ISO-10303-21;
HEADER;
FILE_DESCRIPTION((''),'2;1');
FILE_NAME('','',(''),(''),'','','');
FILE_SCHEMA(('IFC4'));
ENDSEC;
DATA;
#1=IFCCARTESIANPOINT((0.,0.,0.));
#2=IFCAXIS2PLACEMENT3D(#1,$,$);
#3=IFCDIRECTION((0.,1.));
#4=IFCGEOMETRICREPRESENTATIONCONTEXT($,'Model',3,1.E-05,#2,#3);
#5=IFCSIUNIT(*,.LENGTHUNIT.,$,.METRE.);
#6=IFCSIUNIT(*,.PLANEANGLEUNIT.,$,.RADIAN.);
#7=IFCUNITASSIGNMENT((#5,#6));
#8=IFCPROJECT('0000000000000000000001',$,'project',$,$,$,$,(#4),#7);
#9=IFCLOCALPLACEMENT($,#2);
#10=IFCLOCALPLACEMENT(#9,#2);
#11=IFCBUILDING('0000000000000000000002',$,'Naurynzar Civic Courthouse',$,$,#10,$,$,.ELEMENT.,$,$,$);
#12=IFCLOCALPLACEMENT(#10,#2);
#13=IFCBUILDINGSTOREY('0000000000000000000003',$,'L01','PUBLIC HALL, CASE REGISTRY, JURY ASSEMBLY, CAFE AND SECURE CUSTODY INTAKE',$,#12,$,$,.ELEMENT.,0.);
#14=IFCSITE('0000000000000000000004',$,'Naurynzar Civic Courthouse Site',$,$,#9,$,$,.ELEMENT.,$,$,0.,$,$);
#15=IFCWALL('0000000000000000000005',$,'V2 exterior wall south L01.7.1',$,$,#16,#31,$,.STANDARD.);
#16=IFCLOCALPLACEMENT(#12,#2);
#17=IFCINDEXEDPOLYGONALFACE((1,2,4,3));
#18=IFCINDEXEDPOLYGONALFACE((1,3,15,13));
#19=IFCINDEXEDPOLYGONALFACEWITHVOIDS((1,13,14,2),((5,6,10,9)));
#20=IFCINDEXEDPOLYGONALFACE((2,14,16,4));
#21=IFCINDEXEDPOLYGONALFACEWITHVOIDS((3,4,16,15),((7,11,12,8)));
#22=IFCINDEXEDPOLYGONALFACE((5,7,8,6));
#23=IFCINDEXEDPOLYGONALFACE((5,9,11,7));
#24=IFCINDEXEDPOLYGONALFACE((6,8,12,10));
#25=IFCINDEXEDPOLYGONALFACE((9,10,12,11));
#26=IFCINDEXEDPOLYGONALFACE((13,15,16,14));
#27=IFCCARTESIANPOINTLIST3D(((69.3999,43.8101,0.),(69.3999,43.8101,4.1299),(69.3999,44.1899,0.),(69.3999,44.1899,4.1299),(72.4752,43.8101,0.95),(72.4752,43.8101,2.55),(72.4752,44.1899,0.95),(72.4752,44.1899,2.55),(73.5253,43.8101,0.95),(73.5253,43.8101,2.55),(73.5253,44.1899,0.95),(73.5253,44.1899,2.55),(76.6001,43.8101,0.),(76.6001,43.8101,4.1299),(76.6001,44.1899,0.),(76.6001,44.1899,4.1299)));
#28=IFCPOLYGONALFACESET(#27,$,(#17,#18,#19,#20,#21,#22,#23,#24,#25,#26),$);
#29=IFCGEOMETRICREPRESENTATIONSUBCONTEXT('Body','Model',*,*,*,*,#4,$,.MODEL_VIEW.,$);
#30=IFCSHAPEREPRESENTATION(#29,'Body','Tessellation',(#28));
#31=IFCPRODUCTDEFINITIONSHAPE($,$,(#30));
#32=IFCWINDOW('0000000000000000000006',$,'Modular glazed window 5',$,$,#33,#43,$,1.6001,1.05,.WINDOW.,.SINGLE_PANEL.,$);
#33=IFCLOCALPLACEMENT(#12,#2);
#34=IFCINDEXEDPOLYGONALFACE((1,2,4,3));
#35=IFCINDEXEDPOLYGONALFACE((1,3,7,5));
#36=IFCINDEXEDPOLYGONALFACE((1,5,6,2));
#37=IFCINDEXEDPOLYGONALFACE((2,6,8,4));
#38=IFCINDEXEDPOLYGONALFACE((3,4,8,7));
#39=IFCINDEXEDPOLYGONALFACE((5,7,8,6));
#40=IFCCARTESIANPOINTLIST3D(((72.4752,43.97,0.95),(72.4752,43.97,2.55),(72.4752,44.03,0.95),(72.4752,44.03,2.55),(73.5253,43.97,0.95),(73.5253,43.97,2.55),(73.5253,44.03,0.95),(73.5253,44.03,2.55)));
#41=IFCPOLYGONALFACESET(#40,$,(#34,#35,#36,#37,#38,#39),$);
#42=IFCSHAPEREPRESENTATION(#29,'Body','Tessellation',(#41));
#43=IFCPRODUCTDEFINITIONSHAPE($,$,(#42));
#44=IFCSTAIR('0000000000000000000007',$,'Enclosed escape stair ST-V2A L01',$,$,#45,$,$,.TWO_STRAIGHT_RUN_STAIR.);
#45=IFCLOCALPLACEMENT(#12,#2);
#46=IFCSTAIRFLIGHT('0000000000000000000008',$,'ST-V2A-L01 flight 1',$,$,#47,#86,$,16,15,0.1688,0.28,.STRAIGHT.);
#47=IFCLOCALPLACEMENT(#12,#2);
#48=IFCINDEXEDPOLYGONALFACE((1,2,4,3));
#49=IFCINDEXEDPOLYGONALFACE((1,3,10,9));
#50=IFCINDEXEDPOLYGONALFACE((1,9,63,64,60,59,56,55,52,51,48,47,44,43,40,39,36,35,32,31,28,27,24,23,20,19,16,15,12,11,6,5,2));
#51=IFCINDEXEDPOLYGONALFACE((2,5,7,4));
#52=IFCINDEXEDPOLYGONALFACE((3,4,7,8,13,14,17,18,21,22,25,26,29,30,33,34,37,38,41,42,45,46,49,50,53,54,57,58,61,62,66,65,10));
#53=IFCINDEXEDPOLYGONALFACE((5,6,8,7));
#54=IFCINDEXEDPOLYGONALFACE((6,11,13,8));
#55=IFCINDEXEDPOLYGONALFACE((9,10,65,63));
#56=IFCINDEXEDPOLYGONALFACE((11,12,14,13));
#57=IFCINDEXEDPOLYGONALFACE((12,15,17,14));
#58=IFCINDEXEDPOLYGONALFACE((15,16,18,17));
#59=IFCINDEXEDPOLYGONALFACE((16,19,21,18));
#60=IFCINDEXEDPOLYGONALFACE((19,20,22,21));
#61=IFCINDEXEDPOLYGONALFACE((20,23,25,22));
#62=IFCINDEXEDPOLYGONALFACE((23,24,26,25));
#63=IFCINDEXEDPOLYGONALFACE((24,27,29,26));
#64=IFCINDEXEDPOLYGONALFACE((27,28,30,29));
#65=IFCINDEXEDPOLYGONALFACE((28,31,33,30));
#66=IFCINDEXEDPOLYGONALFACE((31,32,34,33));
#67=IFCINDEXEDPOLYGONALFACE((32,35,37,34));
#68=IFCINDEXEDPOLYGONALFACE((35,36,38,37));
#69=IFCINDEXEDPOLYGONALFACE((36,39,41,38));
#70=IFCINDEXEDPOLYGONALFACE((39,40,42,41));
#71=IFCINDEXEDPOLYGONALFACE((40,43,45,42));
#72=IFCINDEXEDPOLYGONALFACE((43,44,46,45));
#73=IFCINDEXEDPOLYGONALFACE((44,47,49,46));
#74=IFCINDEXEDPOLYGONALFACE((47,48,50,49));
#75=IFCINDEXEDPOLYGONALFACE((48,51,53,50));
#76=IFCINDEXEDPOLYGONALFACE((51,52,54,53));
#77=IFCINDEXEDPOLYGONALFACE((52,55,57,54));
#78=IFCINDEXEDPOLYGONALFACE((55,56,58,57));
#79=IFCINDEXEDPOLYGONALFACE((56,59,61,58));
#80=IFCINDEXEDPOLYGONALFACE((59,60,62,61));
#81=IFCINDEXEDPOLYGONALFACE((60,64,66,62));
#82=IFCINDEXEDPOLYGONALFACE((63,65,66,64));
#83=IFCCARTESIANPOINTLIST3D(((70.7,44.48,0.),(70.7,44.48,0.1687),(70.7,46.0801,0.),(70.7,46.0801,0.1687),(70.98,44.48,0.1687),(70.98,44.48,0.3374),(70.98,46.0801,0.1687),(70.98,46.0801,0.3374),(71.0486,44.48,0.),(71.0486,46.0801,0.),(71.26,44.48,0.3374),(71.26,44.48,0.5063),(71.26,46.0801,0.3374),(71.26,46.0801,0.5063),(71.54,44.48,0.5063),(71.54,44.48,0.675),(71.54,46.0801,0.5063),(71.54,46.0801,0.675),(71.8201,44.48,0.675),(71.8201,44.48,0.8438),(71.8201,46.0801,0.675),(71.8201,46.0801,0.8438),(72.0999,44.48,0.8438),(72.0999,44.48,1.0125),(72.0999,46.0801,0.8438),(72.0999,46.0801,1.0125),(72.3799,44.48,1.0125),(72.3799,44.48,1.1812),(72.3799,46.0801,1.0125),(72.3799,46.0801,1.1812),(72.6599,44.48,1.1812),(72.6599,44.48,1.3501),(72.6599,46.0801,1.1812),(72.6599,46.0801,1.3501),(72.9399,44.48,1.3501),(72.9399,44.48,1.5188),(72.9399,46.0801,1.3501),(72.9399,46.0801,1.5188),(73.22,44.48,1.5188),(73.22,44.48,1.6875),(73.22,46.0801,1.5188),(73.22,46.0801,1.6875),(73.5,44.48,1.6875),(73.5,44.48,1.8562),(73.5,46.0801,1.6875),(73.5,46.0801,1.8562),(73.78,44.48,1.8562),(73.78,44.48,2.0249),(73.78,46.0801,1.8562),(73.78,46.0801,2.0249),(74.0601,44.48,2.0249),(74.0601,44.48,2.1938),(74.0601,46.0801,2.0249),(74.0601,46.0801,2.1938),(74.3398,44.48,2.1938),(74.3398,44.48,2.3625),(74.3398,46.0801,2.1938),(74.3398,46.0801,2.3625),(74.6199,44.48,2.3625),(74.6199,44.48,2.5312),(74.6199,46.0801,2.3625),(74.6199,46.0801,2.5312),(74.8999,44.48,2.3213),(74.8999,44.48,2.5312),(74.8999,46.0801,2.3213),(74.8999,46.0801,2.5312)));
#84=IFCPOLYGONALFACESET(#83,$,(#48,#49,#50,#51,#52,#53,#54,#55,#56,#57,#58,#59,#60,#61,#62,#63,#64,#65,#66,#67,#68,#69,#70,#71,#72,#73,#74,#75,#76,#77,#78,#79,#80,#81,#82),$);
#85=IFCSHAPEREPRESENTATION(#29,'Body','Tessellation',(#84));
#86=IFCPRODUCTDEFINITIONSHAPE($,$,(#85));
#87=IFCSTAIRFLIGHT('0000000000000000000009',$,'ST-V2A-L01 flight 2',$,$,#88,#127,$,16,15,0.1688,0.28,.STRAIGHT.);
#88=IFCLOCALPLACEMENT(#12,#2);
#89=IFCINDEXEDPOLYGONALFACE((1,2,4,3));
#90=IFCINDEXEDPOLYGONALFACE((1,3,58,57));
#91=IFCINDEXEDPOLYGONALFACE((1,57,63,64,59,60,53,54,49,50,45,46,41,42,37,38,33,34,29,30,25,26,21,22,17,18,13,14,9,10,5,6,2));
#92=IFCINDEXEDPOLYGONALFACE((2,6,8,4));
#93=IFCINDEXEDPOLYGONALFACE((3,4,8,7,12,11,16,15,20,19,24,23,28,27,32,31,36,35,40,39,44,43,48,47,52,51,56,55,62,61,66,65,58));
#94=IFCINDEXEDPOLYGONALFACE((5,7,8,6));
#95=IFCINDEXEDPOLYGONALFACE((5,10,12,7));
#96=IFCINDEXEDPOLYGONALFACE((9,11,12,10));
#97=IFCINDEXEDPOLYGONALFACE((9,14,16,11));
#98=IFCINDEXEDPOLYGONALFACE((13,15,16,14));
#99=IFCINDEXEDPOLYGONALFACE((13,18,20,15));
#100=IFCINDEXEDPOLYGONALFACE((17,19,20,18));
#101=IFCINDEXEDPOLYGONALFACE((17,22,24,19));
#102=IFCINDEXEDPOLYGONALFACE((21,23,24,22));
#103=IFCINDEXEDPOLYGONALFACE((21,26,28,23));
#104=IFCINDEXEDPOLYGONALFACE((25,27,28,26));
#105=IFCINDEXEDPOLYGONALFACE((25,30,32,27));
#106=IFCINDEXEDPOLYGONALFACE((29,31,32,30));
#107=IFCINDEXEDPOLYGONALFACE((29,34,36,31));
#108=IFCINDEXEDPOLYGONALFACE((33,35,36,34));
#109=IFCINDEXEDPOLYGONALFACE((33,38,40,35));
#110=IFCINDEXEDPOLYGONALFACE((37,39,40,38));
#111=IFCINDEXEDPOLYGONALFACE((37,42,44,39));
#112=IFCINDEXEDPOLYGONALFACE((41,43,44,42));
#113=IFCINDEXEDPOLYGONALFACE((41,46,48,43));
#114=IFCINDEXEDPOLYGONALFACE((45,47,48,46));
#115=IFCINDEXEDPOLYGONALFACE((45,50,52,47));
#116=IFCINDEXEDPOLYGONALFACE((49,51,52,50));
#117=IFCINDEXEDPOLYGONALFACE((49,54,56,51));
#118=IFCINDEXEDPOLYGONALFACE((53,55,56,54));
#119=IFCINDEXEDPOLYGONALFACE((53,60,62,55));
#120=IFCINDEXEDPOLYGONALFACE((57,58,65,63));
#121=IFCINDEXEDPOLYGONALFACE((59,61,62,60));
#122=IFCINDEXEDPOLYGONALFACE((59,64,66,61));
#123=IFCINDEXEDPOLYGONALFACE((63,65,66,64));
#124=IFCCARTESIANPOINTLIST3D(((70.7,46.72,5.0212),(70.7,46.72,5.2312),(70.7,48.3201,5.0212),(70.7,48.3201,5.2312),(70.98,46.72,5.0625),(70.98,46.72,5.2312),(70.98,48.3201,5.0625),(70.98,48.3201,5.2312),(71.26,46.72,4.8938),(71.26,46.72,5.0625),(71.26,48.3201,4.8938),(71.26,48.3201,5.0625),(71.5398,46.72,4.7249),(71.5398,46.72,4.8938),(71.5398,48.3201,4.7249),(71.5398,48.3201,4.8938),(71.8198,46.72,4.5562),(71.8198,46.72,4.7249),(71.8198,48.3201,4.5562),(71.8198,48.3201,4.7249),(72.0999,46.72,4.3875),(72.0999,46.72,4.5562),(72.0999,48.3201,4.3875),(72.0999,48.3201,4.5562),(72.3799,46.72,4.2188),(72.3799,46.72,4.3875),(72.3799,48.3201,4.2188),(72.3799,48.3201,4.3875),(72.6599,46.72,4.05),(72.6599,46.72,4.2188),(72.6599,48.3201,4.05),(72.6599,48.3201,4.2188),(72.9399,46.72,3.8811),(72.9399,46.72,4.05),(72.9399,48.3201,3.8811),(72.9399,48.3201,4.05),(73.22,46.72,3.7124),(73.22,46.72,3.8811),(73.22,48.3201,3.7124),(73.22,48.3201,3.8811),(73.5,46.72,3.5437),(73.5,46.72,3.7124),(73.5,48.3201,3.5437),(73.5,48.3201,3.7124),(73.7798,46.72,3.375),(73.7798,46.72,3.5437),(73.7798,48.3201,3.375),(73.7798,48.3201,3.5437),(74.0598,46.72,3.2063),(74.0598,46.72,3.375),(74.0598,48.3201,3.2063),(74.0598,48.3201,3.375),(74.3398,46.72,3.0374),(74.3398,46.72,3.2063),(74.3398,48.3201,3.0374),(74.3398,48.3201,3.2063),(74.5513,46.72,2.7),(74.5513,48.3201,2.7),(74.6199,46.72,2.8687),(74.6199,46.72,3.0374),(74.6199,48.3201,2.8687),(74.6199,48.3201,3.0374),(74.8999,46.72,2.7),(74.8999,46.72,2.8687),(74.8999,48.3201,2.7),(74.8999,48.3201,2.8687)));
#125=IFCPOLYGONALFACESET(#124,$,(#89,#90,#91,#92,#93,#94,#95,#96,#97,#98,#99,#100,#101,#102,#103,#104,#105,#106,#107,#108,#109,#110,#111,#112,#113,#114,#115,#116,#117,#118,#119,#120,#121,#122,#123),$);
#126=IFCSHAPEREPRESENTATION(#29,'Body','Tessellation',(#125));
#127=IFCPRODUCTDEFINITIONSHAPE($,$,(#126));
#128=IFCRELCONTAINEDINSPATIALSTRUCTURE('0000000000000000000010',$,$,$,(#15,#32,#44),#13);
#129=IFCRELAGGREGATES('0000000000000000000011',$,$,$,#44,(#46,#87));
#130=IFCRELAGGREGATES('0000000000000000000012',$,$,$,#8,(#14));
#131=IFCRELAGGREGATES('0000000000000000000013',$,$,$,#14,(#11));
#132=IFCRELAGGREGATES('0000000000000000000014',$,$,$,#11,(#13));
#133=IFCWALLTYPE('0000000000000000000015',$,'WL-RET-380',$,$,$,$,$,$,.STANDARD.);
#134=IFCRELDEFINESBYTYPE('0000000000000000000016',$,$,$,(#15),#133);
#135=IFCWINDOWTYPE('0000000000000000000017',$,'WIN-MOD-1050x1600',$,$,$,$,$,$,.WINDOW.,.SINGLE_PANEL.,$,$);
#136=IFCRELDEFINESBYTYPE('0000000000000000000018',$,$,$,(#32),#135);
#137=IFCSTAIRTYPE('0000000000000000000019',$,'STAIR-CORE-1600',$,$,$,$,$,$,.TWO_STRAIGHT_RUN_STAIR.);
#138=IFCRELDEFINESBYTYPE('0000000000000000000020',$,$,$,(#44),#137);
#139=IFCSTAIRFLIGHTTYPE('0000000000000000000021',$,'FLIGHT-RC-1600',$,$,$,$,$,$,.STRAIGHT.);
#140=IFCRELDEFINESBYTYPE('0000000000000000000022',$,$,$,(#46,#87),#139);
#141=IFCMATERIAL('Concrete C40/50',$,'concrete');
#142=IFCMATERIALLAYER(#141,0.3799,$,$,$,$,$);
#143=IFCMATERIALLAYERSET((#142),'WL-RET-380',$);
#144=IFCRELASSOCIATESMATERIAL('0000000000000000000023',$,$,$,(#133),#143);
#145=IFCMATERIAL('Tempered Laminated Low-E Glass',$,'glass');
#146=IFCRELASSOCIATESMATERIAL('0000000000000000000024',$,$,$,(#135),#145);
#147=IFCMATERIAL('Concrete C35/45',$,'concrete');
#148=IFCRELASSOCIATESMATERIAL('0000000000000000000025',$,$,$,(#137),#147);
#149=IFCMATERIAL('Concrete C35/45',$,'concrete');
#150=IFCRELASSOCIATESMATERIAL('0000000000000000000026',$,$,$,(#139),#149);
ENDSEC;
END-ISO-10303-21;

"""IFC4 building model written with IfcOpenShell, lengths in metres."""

from ifc_helpers import new_model, si_unit, direction, frame, frame_2d, origin, place, context, subcontext, project, spatial, polyline, rectangle, outline, extrude, material, layer, layer_set, type_object, element, fill, aggregate, save


model = new_model("IFC4")

# Units and contexts
model_context = context("Model", 3, precision=1e-05, world=origin(), true_north=direction((0.0, 1.0)))
body_context = subcontext(model_context, "Body", "Model", "MODEL_VIEW")
ifc_project = project(units=[si_unit("LENGTHUNIT", "METRE"), si_unit("PLANEANGLEUNIT", "RADIAN")], contexts=[model_context])

# Site, building, storey
site_placement = place(None, origin())
site = spatial("IfcSite", under=ifc_project, at=site_placement, Name="Naurynzar Civic Courthouse Site", CompositionType="ELEMENT", RefElevation=0.0)
building_placement = place(site_placement, origin())
building = spatial("IfcBuilding", under=site, at=building_placement, Name="Naurynzar Civic Courthouse", CompositionType="ELEMENT")
storey_placement = place(building_placement, origin())
storey = spatial("IfcBuildingStorey", under=building, at=storey_placement, Name="L01", Description="PUBLIC HALL, CASE REGISTRY, JURY ASSEMBLY, CAFE AND SECURE CUSTODY INTAKE", CompositionType="ELEMENT", Elevation=0.0)

# Wall, opening, window
ifc_material_1 = material(Name="Concrete C40/50", Category="concrete")
ifc_layer_1 = layer(ifc_material_1, 0.3799)
ifc_layer_set_1 = layer_set([ifc_layer_1], Name="WL-RET-380")
wall_type_1 = type_object("IfcWallType", Name="WL-RET-380", PredefinedType="STANDARD", material=ifc_layer_set_1)
wall_1_placement = place(storey_placement, frame((76.6001, 44.0, 0.0), z_axis=(0.0, 0.0, 1.0), x_axis=(-1.0, 0.0, 0.0)))
wall_1 = element("IfcWall", 1, at=wall_1_placement, inside=storey, type_object=wall_type_1, Name="V2 exterior wall south L01.7.1", PredefinedType="STANDARD", context=body_context, shape_type="SweptSolid", body=[
    extrude(rectangle(XDim=7.2002, YDim=0.3799, at=frame_2d((3.6001, 0.0))), origin(), (0.0, 0.0, 1.0), 4.1299),
])
opening_1_placement = place(wall_1_placement, frame((3.075, 0.0, 0.95)))
opening_1 = element("IfcOpeningElement", 2, at=opening_1_placement, cuts=wall_1, PredefinedType="OPENING", context=body_context, shape_type="SweptSolid", body=[
    extrude(rectangle(XDim=1.05, YDim=1.6001, at=frame_2d((0.5249, 0.8))), frame((0.0, 0.2, 0.0), z_axis=(0.0, -1.0, 0.0), x_axis=(1.0, 0.0, 0.0)), (0.0, 0.0, 1.0), 0.3999),
])
ifc_material_2 = material(Name="Tempered Laminated Low-E Glass", Category="glass")
window_type = type_object("IfcWindowType", Name="WIN-MOD-1050x1600", PartitioningType="SINGLE_PANEL", PredefinedType="WINDOW", material=ifc_material_2)
window_placement = place(opening_1_placement, origin())
window = element("IfcWindow", 3, at=window_placement, inside=storey, type_object=window_type, Name="Modular glazed window 5", OverallHeight=1.6001, OverallWidth=1.05, PartitioningType="SINGLE_PANEL", PredefinedType="WINDOW", context=body_context, shape_type="SweptSolid", body=[
    extrude(rectangle(XDim=1.05, YDim=1.6001, at=frame_2d((0.5249, 0.8))), frame((0.0, 0.03, 0.0), z_axis=(0.0, -1.0, 0.0), x_axis=(1.0, 0.0, 0.0)), (0.0, 0.0, 1.0), 0.0601),
])
fill(opening_1, window)

# Stair, stair flights
ifc_material_3 = material(Name="Concrete C35/45", Category="concrete")
stair_type = type_object("IfcStairType", Name="STAIR-CORE-1600", PredefinedType="TWO_STRAIGHT_RUN_STAIR", material=ifc_material_3)
stair_placement = place(storey_placement, origin())
stair = element("IfcStair", 4, at=stair_placement, inside=storey, type_object=stair_type, Name="Enclosed escape stair ST-V2A L01", PredefinedType="TWO_STRAIGHT_RUN_STAIR")
ifc_material_4 = material(Name="Concrete C35/45", Category="concrete")
stair_flight_type = type_object("IfcStairFlightType", Name="FLIGHT-RC-1600", PredefinedType="STRAIGHT", material=ifc_material_4)
stair_flight_1_placement = place(storey_placement, frame((70.7, 45.28, 0.0), z_axis=(0.0, 0.0, 1.0), x_axis=(1.0, 0.0, 0.0)))
stair_flight_1 = element("IfcStairFlight", 5, at=stair_flight_1_placement, type_object=stair_flight_type, Name="ST-V2A-L01 flight 1", NumberOfRisers=16, NumberOfTreads=15, PredefinedType="STRAIGHT", RiserHeight=0.1688, TreadLength=0.28, context=body_context, shape_type="SweptSolid", body=[
    extrude(outline(polyline([(0.0, 0.0), (0.0, 0.1687), (0.28, 0.1687), (0.28, 0.3374), (0.5601, 0.3374), (0.5601, 0.5063), (0.8401, 0.5063), (0.8401, 0.675), (1.1201, 0.675), (1.1201, 0.8438), (1.3999, 0.8438), (1.3999, 1.0125), (1.6799, 1.0125), (1.6799, 1.1812), (1.96, 1.1812), (1.96, 1.3501), (2.24, 1.3501), (2.24, 1.5188), (2.52, 1.5188), (2.52, 1.6875), (2.8, 1.6875), (2.8, 1.8562), (3.0801, 1.8562), (3.0801, 2.0249), (3.3601, 2.0249), (3.3601, 2.1938), (3.6399, 2.1938), (3.6399, 2.3625), (3.9199, 2.3625), (3.9199, 2.5312), (4.2, 2.5312), (4.2, 2.7), (4.2, 2.3213), (0.3486, 0.0), (0.0, 0.0)])), frame((0.0, 0.8, 0.0), z_axis=(0.0, -1.0, 0.0), x_axis=(1.0, 0.0, 0.0)), (0.0, 0.0, 1.0), 1.6001),
])
stair_flight_2_placement = place(storey_placement, frame((74.8999, 47.52, 2.7), z_axis=(0.0, 0.0, 1.0), x_axis=(-1.0, 0.0, 0.0)))
stair_flight_2 = element("IfcStairFlight", 6, at=stair_flight_2_placement, type_object=stair_flight_type, Name="ST-V2A-L01 flight 2", NumberOfRisers=16, NumberOfTreads=15, PredefinedType="STRAIGHT", RiserHeight=0.1688, TreadLength=0.28, context=body_context, shape_type="SweptSolid", body=[
    extrude(outline(polyline([(0.0, 0.0), (0.0, 0.1687), (0.28, 0.1687), (0.28, 0.3374), (0.5601, 0.3374), (0.5601, 0.5063), (0.8401, 0.5063), (0.8401, 0.675), (1.1201, 0.675), (1.1201, 0.8438), (1.3999, 0.8438), (1.3999, 1.0125), (1.6799, 1.0125), (1.6799, 1.1812), (1.96, 1.1812), (1.96, 1.3501), (2.24, 1.3501), (2.24, 1.5188), (2.52, 1.5188), (2.52, 1.6875), (2.8, 1.6875), (2.8, 1.8562), (3.0801, 1.8562), (3.0801, 2.0249), (3.3601, 2.0249), (3.3601, 2.1938), (3.6399, 2.1938), (3.6399, 2.3625), (3.9199, 2.3625), (3.9199, 2.5312), (4.2, 2.5312), (4.2, 2.7), (4.2, 2.3213), (0.3486, 0.0), (0.0, 0.0)])), frame((0.0, 0.8, 0.0), z_axis=(0.0, -1.0, 0.0), x_axis=(1.0, 0.0, 0.0)), (0.0, 0.0, 1.0), 1.6001),
])
aggregate(stair, [stair_flight_1, stair_flight_2])

save(model, "model.ifc")
